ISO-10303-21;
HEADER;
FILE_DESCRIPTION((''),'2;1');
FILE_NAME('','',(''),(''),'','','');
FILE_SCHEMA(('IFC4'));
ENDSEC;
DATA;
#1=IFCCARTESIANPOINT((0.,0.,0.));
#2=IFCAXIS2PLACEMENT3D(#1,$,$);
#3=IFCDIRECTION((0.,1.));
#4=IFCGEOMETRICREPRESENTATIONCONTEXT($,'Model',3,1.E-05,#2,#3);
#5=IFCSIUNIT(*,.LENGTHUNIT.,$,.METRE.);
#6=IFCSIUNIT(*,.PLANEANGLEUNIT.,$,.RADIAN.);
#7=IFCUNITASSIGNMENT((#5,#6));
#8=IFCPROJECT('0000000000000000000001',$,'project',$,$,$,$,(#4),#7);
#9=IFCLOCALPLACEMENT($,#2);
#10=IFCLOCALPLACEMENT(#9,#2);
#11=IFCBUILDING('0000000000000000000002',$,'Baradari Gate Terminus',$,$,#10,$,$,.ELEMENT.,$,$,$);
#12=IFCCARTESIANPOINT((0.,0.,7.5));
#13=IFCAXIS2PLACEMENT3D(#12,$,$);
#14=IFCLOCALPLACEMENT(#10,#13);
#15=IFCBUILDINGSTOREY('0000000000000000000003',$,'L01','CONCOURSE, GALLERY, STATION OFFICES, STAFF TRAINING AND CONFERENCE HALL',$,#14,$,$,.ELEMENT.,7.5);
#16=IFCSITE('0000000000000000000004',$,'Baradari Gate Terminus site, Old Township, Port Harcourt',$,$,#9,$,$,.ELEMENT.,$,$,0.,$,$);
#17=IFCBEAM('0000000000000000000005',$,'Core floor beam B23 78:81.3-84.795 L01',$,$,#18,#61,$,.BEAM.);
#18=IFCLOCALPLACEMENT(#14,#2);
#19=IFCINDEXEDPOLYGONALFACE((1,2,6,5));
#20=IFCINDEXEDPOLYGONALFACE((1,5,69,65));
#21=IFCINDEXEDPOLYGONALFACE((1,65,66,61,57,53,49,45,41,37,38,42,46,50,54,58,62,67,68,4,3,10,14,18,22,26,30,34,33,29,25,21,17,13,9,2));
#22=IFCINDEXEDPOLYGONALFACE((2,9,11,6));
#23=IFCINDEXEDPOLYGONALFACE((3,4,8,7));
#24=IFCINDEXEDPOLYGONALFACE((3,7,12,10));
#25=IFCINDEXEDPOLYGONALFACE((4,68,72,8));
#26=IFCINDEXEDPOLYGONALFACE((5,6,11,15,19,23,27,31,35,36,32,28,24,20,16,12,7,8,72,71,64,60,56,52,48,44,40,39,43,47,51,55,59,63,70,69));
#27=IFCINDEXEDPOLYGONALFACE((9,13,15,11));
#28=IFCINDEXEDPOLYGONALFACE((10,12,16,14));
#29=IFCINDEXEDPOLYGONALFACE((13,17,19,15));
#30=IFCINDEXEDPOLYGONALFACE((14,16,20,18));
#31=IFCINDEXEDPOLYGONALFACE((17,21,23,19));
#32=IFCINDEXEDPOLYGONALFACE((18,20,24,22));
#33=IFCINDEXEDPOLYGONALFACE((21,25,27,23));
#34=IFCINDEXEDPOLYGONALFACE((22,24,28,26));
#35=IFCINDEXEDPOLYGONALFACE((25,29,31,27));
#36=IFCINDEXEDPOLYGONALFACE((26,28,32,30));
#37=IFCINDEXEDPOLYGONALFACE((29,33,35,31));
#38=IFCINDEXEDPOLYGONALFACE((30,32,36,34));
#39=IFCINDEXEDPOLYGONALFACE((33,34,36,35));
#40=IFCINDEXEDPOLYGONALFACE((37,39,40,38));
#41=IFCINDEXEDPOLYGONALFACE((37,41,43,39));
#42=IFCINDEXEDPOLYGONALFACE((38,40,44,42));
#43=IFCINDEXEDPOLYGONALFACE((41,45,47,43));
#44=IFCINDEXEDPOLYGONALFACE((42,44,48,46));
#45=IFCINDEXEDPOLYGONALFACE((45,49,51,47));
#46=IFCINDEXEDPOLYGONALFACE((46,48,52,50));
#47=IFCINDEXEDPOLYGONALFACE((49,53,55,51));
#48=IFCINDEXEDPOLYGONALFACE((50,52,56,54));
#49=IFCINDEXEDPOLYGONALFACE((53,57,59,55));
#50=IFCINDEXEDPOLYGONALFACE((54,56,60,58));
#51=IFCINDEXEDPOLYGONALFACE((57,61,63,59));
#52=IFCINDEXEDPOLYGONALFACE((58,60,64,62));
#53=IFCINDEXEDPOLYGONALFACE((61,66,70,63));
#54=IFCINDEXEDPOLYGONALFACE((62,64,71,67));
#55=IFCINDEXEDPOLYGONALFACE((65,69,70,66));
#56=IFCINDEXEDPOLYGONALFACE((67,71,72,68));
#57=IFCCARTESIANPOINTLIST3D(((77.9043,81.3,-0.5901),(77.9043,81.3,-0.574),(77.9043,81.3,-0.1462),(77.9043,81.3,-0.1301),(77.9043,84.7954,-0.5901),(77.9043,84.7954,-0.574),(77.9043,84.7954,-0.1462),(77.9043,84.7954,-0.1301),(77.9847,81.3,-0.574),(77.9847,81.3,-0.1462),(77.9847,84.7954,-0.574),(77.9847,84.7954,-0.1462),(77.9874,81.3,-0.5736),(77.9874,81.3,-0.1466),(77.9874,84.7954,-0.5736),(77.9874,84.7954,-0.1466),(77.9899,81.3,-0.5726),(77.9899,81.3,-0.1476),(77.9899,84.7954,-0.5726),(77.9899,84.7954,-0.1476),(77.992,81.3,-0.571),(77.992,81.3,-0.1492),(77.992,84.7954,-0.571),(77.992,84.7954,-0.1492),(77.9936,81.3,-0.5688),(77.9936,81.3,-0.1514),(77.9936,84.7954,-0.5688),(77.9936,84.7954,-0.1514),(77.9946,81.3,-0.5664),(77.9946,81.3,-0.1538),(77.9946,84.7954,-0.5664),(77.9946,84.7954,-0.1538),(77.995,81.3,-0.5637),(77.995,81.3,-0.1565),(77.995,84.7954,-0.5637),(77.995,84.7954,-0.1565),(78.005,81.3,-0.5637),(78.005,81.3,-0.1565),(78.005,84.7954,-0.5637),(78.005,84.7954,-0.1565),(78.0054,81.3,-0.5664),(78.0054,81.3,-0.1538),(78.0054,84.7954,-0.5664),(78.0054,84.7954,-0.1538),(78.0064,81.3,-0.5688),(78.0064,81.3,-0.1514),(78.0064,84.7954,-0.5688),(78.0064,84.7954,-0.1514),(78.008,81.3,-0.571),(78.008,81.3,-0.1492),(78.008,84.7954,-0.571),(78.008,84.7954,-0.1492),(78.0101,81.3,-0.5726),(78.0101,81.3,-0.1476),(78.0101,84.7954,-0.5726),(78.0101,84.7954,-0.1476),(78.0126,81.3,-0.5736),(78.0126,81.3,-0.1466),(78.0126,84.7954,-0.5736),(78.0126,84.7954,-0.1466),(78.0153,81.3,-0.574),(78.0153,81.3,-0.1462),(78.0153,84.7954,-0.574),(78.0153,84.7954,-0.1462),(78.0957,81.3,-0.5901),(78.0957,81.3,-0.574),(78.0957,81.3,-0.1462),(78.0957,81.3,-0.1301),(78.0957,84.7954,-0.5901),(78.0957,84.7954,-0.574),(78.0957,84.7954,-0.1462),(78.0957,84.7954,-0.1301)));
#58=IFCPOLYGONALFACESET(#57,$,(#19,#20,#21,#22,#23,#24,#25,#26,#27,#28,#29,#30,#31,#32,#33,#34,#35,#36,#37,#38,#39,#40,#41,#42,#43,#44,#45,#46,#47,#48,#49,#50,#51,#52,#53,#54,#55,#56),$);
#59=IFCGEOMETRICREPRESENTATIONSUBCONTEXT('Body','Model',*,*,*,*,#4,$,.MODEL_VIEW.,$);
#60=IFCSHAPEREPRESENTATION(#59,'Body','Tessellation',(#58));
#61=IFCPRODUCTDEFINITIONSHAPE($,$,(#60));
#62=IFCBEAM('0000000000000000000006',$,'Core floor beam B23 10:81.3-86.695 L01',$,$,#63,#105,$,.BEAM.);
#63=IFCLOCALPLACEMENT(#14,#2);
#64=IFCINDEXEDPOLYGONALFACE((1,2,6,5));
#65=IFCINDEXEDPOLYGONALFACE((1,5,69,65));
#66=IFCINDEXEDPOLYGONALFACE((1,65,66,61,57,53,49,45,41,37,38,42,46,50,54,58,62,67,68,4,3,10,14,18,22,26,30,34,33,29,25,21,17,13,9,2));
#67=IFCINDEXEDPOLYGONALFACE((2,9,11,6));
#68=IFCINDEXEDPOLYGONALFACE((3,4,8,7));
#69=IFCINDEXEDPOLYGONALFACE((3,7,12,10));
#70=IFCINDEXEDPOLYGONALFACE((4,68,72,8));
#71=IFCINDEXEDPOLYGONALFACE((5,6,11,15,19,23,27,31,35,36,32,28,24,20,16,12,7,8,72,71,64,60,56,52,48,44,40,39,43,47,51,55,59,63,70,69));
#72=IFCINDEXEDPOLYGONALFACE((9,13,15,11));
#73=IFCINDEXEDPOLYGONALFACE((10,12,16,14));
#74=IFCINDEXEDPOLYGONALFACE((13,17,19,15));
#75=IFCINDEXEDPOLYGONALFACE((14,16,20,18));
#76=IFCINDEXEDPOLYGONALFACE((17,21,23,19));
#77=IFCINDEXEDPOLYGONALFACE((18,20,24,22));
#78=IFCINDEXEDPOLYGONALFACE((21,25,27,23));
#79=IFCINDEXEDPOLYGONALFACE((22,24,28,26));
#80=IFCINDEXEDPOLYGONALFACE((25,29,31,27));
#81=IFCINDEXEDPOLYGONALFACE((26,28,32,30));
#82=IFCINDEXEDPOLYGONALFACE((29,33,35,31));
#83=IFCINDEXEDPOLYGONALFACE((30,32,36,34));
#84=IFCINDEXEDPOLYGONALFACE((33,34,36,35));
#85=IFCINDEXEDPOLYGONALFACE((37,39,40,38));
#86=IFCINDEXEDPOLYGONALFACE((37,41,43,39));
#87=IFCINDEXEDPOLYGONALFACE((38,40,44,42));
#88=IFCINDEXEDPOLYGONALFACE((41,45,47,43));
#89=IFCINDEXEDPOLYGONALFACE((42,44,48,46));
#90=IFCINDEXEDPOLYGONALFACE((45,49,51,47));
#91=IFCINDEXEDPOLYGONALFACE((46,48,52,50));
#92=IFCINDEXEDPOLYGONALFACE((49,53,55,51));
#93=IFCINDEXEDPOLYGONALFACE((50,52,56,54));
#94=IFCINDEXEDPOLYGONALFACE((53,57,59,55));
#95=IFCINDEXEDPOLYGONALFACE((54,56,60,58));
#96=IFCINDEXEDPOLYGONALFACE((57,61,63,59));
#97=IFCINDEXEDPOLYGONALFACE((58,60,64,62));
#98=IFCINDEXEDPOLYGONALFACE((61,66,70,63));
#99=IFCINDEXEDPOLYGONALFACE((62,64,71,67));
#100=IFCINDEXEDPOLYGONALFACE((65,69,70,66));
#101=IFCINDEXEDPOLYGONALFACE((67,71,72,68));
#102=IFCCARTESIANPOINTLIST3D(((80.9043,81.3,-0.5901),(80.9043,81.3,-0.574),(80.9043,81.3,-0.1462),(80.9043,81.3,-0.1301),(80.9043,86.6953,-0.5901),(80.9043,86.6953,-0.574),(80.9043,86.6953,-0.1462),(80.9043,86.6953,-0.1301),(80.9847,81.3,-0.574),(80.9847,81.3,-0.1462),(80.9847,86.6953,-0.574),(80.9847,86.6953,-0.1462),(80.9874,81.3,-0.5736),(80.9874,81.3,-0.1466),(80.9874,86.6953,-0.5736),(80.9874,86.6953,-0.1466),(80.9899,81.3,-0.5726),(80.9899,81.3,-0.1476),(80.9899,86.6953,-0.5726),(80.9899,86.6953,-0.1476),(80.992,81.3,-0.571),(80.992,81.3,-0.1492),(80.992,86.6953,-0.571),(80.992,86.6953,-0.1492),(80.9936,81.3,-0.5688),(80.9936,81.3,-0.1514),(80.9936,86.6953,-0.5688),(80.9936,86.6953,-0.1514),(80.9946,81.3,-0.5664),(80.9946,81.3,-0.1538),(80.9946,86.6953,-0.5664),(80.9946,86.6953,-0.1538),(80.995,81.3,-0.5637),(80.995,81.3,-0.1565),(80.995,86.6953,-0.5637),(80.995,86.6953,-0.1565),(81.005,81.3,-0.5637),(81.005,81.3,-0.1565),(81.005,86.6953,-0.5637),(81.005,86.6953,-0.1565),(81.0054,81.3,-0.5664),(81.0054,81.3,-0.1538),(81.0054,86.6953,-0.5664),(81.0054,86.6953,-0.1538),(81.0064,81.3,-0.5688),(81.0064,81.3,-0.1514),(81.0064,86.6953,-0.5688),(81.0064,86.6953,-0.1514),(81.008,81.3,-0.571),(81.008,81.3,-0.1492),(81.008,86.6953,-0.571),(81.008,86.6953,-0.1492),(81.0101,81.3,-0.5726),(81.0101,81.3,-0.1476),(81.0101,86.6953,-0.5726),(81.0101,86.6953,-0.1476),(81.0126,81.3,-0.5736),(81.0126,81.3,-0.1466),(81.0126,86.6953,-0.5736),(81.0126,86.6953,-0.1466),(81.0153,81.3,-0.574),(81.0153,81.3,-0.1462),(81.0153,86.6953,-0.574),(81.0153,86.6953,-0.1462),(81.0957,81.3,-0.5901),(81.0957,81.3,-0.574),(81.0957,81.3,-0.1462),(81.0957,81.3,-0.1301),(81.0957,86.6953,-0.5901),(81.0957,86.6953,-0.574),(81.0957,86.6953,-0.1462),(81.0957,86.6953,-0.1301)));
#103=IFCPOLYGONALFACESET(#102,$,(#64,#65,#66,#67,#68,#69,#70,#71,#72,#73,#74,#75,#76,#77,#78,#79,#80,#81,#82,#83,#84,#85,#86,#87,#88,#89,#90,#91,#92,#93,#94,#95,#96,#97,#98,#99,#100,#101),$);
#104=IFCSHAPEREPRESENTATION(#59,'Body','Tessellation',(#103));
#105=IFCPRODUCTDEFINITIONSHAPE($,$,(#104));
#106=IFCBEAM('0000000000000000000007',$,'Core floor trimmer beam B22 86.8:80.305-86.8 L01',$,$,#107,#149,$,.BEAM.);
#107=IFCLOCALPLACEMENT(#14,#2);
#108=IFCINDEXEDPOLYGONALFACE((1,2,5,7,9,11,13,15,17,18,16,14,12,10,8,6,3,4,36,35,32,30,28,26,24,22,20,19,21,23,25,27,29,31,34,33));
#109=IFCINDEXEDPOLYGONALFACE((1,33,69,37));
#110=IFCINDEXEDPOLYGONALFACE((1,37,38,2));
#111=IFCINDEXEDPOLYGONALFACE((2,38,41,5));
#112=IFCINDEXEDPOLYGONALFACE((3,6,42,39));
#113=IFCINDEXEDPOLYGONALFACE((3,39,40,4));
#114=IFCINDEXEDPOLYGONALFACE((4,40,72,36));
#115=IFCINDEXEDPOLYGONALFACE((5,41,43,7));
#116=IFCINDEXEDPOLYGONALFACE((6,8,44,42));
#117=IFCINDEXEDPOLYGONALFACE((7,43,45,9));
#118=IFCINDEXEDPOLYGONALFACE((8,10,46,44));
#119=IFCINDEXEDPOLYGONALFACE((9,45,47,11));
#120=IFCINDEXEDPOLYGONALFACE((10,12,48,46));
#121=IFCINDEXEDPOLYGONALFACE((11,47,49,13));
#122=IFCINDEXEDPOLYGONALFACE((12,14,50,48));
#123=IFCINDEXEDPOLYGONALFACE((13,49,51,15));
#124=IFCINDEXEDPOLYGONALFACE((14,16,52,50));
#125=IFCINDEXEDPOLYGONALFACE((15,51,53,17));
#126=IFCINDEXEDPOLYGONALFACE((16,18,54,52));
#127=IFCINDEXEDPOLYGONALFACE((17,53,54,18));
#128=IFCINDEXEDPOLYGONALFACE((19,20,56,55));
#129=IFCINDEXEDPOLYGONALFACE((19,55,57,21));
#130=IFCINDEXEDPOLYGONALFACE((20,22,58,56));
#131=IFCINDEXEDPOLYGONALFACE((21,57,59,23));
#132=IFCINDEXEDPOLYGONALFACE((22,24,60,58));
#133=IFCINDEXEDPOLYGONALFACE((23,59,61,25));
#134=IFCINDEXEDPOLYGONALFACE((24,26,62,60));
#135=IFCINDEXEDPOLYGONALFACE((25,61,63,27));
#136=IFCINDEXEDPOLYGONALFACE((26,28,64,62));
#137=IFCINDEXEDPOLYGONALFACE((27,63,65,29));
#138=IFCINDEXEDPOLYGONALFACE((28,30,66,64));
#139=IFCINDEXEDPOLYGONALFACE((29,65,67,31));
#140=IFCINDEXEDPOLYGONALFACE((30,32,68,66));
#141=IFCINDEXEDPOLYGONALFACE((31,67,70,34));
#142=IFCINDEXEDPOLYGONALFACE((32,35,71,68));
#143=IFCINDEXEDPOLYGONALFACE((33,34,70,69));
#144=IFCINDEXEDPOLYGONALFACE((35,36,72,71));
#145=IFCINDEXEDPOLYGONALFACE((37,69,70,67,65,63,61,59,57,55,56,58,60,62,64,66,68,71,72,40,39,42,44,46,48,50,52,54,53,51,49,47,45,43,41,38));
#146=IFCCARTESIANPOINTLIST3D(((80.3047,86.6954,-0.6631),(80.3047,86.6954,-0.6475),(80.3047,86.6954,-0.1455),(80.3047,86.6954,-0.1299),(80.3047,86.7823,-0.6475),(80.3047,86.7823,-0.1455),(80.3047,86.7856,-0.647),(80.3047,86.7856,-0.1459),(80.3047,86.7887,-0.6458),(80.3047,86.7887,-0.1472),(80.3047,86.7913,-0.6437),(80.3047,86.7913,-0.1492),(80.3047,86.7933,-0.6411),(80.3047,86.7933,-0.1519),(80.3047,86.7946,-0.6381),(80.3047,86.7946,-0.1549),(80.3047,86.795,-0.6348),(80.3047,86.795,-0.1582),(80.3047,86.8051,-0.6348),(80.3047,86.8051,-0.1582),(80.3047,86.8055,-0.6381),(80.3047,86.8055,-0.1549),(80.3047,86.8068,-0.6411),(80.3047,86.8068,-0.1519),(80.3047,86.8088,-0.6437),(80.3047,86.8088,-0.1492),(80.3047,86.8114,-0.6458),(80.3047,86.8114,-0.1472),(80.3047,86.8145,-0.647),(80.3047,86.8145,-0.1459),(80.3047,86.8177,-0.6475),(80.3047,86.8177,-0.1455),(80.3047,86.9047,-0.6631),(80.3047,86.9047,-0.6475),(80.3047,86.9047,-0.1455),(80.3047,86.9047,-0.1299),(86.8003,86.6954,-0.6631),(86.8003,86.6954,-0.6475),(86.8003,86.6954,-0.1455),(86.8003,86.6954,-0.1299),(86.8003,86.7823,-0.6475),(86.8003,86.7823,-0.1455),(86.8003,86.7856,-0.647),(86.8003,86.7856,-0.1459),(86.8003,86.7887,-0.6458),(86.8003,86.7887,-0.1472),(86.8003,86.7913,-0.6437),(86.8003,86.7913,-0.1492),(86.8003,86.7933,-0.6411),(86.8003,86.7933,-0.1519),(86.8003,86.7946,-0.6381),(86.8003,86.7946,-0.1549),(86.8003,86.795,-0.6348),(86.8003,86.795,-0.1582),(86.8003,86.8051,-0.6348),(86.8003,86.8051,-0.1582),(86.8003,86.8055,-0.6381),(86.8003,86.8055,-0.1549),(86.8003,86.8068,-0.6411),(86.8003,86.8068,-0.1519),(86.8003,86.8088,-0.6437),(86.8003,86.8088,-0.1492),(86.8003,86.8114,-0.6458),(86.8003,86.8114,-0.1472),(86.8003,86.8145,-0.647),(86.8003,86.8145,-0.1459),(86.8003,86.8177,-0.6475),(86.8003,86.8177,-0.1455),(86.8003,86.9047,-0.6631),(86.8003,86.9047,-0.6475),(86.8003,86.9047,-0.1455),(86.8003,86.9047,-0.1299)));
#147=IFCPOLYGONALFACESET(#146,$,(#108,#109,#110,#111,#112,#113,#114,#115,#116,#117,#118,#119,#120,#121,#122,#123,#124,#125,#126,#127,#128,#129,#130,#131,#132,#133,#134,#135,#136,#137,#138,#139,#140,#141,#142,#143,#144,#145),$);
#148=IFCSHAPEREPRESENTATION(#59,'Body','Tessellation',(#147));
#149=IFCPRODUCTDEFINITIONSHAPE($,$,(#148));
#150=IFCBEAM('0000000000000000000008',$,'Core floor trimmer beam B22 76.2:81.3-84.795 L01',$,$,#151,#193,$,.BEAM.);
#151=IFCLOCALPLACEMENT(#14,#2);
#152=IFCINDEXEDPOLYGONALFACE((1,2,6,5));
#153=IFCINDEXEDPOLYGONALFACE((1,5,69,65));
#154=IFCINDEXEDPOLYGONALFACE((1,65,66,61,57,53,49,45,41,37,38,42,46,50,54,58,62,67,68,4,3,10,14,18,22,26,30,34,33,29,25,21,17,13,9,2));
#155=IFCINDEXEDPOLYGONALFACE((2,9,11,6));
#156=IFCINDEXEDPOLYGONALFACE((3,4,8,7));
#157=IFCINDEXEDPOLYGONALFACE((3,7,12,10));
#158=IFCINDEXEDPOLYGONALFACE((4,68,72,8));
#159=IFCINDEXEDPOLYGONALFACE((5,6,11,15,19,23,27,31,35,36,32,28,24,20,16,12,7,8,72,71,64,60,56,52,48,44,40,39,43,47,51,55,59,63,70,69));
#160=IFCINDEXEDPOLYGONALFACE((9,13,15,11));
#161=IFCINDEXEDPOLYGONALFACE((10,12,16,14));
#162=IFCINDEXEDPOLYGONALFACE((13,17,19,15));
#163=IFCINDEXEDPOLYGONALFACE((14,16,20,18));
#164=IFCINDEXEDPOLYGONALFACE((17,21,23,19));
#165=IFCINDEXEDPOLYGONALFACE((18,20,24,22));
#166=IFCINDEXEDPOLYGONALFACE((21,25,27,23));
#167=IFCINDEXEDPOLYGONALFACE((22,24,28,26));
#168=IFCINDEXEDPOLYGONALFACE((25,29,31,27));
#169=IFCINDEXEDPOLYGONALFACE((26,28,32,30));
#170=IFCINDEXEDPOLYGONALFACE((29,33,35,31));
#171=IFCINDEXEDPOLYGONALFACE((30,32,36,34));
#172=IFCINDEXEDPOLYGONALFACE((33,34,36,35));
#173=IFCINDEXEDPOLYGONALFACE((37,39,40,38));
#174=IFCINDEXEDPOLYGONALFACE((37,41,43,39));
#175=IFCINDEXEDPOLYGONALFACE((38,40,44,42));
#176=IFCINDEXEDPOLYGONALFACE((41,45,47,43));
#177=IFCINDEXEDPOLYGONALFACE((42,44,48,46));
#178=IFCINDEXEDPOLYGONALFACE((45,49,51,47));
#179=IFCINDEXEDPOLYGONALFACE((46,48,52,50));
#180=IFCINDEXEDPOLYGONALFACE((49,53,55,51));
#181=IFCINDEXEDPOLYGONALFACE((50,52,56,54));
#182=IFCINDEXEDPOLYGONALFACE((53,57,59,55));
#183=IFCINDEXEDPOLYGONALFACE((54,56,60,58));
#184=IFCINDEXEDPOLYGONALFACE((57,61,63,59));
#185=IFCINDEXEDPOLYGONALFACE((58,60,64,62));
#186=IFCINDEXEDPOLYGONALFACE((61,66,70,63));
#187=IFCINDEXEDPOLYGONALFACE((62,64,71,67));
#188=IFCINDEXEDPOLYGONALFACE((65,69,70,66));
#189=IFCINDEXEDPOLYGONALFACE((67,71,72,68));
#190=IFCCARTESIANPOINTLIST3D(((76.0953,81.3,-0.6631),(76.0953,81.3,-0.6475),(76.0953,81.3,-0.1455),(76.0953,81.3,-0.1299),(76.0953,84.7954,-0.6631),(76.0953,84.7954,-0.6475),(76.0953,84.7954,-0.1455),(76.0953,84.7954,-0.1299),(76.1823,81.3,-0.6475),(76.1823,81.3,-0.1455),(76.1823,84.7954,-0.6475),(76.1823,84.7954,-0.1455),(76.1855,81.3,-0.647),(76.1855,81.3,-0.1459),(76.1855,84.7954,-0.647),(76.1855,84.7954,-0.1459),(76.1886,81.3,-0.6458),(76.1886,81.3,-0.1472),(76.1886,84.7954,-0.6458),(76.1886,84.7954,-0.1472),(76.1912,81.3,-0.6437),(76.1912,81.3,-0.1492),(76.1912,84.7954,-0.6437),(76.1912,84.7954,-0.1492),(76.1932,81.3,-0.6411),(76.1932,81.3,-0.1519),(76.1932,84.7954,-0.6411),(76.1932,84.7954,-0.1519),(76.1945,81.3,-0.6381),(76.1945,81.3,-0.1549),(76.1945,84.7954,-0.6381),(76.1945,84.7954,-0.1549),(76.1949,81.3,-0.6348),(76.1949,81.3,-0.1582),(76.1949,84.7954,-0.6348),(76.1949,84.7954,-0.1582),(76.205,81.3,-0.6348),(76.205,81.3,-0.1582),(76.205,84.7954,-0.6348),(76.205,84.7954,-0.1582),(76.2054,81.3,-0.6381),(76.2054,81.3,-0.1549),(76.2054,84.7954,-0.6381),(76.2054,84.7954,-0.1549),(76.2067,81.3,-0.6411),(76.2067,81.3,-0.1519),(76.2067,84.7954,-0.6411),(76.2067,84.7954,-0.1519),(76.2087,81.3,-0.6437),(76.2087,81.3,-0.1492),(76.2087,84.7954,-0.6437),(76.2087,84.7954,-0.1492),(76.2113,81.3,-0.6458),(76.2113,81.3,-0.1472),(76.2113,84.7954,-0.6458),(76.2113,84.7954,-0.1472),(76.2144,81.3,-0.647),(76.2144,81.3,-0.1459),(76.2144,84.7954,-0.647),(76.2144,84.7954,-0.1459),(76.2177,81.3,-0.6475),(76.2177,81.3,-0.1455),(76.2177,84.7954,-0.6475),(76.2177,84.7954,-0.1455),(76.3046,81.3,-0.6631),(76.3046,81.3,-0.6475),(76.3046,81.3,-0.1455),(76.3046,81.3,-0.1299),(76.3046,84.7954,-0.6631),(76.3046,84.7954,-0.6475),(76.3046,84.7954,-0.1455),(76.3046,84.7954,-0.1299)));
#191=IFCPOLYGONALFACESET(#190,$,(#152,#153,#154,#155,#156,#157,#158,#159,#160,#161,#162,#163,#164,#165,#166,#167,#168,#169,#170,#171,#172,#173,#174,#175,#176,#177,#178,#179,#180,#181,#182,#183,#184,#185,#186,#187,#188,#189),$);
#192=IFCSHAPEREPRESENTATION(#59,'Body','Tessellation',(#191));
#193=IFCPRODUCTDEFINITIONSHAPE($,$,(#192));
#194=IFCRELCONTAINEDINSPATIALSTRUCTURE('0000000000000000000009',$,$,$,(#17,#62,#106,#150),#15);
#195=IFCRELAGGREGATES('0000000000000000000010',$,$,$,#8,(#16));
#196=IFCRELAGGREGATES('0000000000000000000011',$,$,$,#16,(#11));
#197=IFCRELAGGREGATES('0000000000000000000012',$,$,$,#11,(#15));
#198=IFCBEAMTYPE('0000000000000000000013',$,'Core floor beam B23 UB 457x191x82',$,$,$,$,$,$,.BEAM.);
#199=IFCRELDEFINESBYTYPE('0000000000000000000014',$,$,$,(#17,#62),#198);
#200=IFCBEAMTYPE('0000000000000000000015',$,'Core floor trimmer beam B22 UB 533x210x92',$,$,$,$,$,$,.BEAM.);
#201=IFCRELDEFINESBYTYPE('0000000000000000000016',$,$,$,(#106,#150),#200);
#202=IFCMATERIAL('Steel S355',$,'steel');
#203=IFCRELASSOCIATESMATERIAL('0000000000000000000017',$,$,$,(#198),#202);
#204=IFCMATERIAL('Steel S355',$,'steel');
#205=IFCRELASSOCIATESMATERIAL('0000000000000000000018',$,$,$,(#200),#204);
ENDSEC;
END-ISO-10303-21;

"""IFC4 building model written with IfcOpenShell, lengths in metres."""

from ifc_helpers import new_model, si_unit, direction, frame, origin, origin_2d, place, context, subcontext, project, spatial, i_section, extrude, material, material_profile, profile_set, type_object, element, save


model = new_model("IFC4")

# Units and contexts
model_context = context("Model", 3, precision=1e-05, world=origin(), true_north=direction((0.0, 1.0)))
body_context = subcontext(model_context, "Body", "Model", "MODEL_VIEW")
ifc_project = project(units=[si_unit("LENGTHUNIT", "METRE"), si_unit("PLANEANGLEUNIT", "RADIAN")], contexts=[model_context])

# Site, building, storey
site_placement = place(None, origin())
site = spatial("IfcSite", under=ifc_project, at=site_placement, Name="Baradari Gate Terminus site, Old Township, Port Harcourt", CompositionType="ELEMENT", RefElevation=0.0)
building_placement = place(site_placement, origin())
building = spatial("IfcBuilding", under=site, at=building_placement, Name="Baradari Gate Terminus", CompositionType="ELEMENT")
storey_placement = place(building_placement, frame((0.0, 0.0, 7.5)))
storey = spatial("IfcBuildingStorey", under=building, at=storey_placement, Name="L01", Description="CONCOURSE, GALLERY, STATION OFFICES, STAFF TRAINING AND CONFERENCE HALL", CompositionType="ELEMENT", Elevation=7.5)

# Beams
ifc_material_1 = material(Name="Steel S355", Category="steel")
ifc_material_profile_1 = material_profile(ifc_material_1, i_section(OverallWidth=0.1914, OverallDepth=0.46, WebThickness=0.01, FlangeThickness=0.0161, FilletRadius=0.0103, at=origin_2d()), Name="UB 457x191x82")
ifc_profile_set_1 = profile_set([ifc_material_profile_1], Name="Steel S355")
beam_type_1 = type_object("IfcBeamType", Name="Core floor beam B23 UB 457x191x82", PredefinedType="BEAM", material=ifc_profile_set_1)
beam_1_placement = place(storey_placement, frame((78.0, 81.3, -0.3601), z_axis=(0.0, 1.0, 0.0), x_axis=(-1.0, 0.0, 0.0)))
element("IfcBeam", 1, at=beam_1_placement, inside=storey, type_object=beam_type_1, Name="Core floor beam B23 78:81.3-84.795 L01", PredefinedType="BEAM", context=body_context, shape_type="SweptSolid", body=[
    extrude(i_section(OverallWidth=0.1914, OverallDepth=0.46, WebThickness=0.01, FlangeThickness=0.0161, FilletRadius=0.0103, at=origin_2d()), origin(), (0.0, 0.0, 1.0), 3.4954),
])
beam_2_placement = place(storey_placement, frame((81.0, 81.3, -0.3601), z_axis=(0.0, 1.0, 0.0), x_axis=(-1.0, 0.0, 0.0)))
element("IfcBeam", 2, at=beam_2_placement, inside=storey, type_object=beam_type_1, Name="Core floor beam B23 10:81.3-86.695 L01", PredefinedType="BEAM", context=body_context, shape_type="SweptSolid", body=[
    extrude(i_section(OverallWidth=0.1914, OverallDepth=0.46, WebThickness=0.01, FlangeThickness=0.0161, FilletRadius=0.0103, at=origin_2d()), origin(), (0.0, 0.0, 1.0), 5.3953),
])
ifc_material_2 = material(Name="Steel S355", Category="steel")
ifc_material_profile_2 = material_profile(ifc_material_2, i_section(OverallWidth=0.2092, OverallDepth=0.5332, WebThickness=0.01, FlangeThickness=0.0156, FilletRadius=0.0127, at=origin_2d()), Name="UB 533x210x92")
ifc_profile_set_2 = profile_set([ifc_material_profile_2], Name="Steel S355")
beam_type_2 = type_object("IfcBeamType", Name="Core floor trimmer beam B22 UB 533x210x92", PredefinedType="BEAM", material=ifc_profile_set_2)
beam_3_placement = place(storey_placement, frame((80.3047, 86.8, -0.3965), z_axis=(1.0, 0.0, 0.0), x_axis=(0.0, 1.0, 0.0)))
element("IfcBeam", 3, at=beam_3_placement, inside=storey, type_object=beam_type_2, Name="Core floor trimmer beam B22 86.8:80.305-86.8 L01", PredefinedType="BEAM", context=body_context, shape_type="SweptSolid", body=[
    extrude(i_section(OverallWidth=0.2092, OverallDepth=0.5332, WebThickness=0.01, FlangeThickness=0.0156, FilletRadius=0.0127, at=origin_2d()), origin(), (0.0, 0.0, 1.0), 6.4956),
])
beam_4_placement = place(storey_placement, frame((76.2, 81.3, -0.3965), z_axis=(0.0, 1.0, 0.0), x_axis=(-1.0, 0.0, 0.0)))
element("IfcBeam", 4, at=beam_4_placement, inside=storey, type_object=beam_type_2, Name="Core floor trimmer beam B22 76.2:81.3-84.795 L01", PredefinedType="BEAM", context=body_context, shape_type="SweptSolid", body=[
    extrude(i_section(OverallWidth=0.2092, OverallDepth=0.5332, WebThickness=0.01, FlangeThickness=0.0156, FilletRadius=0.0127, at=origin_2d()), origin(), (0.0, 0.0, 1.0), 3.4954),
])

save(model, "model.ifc")
